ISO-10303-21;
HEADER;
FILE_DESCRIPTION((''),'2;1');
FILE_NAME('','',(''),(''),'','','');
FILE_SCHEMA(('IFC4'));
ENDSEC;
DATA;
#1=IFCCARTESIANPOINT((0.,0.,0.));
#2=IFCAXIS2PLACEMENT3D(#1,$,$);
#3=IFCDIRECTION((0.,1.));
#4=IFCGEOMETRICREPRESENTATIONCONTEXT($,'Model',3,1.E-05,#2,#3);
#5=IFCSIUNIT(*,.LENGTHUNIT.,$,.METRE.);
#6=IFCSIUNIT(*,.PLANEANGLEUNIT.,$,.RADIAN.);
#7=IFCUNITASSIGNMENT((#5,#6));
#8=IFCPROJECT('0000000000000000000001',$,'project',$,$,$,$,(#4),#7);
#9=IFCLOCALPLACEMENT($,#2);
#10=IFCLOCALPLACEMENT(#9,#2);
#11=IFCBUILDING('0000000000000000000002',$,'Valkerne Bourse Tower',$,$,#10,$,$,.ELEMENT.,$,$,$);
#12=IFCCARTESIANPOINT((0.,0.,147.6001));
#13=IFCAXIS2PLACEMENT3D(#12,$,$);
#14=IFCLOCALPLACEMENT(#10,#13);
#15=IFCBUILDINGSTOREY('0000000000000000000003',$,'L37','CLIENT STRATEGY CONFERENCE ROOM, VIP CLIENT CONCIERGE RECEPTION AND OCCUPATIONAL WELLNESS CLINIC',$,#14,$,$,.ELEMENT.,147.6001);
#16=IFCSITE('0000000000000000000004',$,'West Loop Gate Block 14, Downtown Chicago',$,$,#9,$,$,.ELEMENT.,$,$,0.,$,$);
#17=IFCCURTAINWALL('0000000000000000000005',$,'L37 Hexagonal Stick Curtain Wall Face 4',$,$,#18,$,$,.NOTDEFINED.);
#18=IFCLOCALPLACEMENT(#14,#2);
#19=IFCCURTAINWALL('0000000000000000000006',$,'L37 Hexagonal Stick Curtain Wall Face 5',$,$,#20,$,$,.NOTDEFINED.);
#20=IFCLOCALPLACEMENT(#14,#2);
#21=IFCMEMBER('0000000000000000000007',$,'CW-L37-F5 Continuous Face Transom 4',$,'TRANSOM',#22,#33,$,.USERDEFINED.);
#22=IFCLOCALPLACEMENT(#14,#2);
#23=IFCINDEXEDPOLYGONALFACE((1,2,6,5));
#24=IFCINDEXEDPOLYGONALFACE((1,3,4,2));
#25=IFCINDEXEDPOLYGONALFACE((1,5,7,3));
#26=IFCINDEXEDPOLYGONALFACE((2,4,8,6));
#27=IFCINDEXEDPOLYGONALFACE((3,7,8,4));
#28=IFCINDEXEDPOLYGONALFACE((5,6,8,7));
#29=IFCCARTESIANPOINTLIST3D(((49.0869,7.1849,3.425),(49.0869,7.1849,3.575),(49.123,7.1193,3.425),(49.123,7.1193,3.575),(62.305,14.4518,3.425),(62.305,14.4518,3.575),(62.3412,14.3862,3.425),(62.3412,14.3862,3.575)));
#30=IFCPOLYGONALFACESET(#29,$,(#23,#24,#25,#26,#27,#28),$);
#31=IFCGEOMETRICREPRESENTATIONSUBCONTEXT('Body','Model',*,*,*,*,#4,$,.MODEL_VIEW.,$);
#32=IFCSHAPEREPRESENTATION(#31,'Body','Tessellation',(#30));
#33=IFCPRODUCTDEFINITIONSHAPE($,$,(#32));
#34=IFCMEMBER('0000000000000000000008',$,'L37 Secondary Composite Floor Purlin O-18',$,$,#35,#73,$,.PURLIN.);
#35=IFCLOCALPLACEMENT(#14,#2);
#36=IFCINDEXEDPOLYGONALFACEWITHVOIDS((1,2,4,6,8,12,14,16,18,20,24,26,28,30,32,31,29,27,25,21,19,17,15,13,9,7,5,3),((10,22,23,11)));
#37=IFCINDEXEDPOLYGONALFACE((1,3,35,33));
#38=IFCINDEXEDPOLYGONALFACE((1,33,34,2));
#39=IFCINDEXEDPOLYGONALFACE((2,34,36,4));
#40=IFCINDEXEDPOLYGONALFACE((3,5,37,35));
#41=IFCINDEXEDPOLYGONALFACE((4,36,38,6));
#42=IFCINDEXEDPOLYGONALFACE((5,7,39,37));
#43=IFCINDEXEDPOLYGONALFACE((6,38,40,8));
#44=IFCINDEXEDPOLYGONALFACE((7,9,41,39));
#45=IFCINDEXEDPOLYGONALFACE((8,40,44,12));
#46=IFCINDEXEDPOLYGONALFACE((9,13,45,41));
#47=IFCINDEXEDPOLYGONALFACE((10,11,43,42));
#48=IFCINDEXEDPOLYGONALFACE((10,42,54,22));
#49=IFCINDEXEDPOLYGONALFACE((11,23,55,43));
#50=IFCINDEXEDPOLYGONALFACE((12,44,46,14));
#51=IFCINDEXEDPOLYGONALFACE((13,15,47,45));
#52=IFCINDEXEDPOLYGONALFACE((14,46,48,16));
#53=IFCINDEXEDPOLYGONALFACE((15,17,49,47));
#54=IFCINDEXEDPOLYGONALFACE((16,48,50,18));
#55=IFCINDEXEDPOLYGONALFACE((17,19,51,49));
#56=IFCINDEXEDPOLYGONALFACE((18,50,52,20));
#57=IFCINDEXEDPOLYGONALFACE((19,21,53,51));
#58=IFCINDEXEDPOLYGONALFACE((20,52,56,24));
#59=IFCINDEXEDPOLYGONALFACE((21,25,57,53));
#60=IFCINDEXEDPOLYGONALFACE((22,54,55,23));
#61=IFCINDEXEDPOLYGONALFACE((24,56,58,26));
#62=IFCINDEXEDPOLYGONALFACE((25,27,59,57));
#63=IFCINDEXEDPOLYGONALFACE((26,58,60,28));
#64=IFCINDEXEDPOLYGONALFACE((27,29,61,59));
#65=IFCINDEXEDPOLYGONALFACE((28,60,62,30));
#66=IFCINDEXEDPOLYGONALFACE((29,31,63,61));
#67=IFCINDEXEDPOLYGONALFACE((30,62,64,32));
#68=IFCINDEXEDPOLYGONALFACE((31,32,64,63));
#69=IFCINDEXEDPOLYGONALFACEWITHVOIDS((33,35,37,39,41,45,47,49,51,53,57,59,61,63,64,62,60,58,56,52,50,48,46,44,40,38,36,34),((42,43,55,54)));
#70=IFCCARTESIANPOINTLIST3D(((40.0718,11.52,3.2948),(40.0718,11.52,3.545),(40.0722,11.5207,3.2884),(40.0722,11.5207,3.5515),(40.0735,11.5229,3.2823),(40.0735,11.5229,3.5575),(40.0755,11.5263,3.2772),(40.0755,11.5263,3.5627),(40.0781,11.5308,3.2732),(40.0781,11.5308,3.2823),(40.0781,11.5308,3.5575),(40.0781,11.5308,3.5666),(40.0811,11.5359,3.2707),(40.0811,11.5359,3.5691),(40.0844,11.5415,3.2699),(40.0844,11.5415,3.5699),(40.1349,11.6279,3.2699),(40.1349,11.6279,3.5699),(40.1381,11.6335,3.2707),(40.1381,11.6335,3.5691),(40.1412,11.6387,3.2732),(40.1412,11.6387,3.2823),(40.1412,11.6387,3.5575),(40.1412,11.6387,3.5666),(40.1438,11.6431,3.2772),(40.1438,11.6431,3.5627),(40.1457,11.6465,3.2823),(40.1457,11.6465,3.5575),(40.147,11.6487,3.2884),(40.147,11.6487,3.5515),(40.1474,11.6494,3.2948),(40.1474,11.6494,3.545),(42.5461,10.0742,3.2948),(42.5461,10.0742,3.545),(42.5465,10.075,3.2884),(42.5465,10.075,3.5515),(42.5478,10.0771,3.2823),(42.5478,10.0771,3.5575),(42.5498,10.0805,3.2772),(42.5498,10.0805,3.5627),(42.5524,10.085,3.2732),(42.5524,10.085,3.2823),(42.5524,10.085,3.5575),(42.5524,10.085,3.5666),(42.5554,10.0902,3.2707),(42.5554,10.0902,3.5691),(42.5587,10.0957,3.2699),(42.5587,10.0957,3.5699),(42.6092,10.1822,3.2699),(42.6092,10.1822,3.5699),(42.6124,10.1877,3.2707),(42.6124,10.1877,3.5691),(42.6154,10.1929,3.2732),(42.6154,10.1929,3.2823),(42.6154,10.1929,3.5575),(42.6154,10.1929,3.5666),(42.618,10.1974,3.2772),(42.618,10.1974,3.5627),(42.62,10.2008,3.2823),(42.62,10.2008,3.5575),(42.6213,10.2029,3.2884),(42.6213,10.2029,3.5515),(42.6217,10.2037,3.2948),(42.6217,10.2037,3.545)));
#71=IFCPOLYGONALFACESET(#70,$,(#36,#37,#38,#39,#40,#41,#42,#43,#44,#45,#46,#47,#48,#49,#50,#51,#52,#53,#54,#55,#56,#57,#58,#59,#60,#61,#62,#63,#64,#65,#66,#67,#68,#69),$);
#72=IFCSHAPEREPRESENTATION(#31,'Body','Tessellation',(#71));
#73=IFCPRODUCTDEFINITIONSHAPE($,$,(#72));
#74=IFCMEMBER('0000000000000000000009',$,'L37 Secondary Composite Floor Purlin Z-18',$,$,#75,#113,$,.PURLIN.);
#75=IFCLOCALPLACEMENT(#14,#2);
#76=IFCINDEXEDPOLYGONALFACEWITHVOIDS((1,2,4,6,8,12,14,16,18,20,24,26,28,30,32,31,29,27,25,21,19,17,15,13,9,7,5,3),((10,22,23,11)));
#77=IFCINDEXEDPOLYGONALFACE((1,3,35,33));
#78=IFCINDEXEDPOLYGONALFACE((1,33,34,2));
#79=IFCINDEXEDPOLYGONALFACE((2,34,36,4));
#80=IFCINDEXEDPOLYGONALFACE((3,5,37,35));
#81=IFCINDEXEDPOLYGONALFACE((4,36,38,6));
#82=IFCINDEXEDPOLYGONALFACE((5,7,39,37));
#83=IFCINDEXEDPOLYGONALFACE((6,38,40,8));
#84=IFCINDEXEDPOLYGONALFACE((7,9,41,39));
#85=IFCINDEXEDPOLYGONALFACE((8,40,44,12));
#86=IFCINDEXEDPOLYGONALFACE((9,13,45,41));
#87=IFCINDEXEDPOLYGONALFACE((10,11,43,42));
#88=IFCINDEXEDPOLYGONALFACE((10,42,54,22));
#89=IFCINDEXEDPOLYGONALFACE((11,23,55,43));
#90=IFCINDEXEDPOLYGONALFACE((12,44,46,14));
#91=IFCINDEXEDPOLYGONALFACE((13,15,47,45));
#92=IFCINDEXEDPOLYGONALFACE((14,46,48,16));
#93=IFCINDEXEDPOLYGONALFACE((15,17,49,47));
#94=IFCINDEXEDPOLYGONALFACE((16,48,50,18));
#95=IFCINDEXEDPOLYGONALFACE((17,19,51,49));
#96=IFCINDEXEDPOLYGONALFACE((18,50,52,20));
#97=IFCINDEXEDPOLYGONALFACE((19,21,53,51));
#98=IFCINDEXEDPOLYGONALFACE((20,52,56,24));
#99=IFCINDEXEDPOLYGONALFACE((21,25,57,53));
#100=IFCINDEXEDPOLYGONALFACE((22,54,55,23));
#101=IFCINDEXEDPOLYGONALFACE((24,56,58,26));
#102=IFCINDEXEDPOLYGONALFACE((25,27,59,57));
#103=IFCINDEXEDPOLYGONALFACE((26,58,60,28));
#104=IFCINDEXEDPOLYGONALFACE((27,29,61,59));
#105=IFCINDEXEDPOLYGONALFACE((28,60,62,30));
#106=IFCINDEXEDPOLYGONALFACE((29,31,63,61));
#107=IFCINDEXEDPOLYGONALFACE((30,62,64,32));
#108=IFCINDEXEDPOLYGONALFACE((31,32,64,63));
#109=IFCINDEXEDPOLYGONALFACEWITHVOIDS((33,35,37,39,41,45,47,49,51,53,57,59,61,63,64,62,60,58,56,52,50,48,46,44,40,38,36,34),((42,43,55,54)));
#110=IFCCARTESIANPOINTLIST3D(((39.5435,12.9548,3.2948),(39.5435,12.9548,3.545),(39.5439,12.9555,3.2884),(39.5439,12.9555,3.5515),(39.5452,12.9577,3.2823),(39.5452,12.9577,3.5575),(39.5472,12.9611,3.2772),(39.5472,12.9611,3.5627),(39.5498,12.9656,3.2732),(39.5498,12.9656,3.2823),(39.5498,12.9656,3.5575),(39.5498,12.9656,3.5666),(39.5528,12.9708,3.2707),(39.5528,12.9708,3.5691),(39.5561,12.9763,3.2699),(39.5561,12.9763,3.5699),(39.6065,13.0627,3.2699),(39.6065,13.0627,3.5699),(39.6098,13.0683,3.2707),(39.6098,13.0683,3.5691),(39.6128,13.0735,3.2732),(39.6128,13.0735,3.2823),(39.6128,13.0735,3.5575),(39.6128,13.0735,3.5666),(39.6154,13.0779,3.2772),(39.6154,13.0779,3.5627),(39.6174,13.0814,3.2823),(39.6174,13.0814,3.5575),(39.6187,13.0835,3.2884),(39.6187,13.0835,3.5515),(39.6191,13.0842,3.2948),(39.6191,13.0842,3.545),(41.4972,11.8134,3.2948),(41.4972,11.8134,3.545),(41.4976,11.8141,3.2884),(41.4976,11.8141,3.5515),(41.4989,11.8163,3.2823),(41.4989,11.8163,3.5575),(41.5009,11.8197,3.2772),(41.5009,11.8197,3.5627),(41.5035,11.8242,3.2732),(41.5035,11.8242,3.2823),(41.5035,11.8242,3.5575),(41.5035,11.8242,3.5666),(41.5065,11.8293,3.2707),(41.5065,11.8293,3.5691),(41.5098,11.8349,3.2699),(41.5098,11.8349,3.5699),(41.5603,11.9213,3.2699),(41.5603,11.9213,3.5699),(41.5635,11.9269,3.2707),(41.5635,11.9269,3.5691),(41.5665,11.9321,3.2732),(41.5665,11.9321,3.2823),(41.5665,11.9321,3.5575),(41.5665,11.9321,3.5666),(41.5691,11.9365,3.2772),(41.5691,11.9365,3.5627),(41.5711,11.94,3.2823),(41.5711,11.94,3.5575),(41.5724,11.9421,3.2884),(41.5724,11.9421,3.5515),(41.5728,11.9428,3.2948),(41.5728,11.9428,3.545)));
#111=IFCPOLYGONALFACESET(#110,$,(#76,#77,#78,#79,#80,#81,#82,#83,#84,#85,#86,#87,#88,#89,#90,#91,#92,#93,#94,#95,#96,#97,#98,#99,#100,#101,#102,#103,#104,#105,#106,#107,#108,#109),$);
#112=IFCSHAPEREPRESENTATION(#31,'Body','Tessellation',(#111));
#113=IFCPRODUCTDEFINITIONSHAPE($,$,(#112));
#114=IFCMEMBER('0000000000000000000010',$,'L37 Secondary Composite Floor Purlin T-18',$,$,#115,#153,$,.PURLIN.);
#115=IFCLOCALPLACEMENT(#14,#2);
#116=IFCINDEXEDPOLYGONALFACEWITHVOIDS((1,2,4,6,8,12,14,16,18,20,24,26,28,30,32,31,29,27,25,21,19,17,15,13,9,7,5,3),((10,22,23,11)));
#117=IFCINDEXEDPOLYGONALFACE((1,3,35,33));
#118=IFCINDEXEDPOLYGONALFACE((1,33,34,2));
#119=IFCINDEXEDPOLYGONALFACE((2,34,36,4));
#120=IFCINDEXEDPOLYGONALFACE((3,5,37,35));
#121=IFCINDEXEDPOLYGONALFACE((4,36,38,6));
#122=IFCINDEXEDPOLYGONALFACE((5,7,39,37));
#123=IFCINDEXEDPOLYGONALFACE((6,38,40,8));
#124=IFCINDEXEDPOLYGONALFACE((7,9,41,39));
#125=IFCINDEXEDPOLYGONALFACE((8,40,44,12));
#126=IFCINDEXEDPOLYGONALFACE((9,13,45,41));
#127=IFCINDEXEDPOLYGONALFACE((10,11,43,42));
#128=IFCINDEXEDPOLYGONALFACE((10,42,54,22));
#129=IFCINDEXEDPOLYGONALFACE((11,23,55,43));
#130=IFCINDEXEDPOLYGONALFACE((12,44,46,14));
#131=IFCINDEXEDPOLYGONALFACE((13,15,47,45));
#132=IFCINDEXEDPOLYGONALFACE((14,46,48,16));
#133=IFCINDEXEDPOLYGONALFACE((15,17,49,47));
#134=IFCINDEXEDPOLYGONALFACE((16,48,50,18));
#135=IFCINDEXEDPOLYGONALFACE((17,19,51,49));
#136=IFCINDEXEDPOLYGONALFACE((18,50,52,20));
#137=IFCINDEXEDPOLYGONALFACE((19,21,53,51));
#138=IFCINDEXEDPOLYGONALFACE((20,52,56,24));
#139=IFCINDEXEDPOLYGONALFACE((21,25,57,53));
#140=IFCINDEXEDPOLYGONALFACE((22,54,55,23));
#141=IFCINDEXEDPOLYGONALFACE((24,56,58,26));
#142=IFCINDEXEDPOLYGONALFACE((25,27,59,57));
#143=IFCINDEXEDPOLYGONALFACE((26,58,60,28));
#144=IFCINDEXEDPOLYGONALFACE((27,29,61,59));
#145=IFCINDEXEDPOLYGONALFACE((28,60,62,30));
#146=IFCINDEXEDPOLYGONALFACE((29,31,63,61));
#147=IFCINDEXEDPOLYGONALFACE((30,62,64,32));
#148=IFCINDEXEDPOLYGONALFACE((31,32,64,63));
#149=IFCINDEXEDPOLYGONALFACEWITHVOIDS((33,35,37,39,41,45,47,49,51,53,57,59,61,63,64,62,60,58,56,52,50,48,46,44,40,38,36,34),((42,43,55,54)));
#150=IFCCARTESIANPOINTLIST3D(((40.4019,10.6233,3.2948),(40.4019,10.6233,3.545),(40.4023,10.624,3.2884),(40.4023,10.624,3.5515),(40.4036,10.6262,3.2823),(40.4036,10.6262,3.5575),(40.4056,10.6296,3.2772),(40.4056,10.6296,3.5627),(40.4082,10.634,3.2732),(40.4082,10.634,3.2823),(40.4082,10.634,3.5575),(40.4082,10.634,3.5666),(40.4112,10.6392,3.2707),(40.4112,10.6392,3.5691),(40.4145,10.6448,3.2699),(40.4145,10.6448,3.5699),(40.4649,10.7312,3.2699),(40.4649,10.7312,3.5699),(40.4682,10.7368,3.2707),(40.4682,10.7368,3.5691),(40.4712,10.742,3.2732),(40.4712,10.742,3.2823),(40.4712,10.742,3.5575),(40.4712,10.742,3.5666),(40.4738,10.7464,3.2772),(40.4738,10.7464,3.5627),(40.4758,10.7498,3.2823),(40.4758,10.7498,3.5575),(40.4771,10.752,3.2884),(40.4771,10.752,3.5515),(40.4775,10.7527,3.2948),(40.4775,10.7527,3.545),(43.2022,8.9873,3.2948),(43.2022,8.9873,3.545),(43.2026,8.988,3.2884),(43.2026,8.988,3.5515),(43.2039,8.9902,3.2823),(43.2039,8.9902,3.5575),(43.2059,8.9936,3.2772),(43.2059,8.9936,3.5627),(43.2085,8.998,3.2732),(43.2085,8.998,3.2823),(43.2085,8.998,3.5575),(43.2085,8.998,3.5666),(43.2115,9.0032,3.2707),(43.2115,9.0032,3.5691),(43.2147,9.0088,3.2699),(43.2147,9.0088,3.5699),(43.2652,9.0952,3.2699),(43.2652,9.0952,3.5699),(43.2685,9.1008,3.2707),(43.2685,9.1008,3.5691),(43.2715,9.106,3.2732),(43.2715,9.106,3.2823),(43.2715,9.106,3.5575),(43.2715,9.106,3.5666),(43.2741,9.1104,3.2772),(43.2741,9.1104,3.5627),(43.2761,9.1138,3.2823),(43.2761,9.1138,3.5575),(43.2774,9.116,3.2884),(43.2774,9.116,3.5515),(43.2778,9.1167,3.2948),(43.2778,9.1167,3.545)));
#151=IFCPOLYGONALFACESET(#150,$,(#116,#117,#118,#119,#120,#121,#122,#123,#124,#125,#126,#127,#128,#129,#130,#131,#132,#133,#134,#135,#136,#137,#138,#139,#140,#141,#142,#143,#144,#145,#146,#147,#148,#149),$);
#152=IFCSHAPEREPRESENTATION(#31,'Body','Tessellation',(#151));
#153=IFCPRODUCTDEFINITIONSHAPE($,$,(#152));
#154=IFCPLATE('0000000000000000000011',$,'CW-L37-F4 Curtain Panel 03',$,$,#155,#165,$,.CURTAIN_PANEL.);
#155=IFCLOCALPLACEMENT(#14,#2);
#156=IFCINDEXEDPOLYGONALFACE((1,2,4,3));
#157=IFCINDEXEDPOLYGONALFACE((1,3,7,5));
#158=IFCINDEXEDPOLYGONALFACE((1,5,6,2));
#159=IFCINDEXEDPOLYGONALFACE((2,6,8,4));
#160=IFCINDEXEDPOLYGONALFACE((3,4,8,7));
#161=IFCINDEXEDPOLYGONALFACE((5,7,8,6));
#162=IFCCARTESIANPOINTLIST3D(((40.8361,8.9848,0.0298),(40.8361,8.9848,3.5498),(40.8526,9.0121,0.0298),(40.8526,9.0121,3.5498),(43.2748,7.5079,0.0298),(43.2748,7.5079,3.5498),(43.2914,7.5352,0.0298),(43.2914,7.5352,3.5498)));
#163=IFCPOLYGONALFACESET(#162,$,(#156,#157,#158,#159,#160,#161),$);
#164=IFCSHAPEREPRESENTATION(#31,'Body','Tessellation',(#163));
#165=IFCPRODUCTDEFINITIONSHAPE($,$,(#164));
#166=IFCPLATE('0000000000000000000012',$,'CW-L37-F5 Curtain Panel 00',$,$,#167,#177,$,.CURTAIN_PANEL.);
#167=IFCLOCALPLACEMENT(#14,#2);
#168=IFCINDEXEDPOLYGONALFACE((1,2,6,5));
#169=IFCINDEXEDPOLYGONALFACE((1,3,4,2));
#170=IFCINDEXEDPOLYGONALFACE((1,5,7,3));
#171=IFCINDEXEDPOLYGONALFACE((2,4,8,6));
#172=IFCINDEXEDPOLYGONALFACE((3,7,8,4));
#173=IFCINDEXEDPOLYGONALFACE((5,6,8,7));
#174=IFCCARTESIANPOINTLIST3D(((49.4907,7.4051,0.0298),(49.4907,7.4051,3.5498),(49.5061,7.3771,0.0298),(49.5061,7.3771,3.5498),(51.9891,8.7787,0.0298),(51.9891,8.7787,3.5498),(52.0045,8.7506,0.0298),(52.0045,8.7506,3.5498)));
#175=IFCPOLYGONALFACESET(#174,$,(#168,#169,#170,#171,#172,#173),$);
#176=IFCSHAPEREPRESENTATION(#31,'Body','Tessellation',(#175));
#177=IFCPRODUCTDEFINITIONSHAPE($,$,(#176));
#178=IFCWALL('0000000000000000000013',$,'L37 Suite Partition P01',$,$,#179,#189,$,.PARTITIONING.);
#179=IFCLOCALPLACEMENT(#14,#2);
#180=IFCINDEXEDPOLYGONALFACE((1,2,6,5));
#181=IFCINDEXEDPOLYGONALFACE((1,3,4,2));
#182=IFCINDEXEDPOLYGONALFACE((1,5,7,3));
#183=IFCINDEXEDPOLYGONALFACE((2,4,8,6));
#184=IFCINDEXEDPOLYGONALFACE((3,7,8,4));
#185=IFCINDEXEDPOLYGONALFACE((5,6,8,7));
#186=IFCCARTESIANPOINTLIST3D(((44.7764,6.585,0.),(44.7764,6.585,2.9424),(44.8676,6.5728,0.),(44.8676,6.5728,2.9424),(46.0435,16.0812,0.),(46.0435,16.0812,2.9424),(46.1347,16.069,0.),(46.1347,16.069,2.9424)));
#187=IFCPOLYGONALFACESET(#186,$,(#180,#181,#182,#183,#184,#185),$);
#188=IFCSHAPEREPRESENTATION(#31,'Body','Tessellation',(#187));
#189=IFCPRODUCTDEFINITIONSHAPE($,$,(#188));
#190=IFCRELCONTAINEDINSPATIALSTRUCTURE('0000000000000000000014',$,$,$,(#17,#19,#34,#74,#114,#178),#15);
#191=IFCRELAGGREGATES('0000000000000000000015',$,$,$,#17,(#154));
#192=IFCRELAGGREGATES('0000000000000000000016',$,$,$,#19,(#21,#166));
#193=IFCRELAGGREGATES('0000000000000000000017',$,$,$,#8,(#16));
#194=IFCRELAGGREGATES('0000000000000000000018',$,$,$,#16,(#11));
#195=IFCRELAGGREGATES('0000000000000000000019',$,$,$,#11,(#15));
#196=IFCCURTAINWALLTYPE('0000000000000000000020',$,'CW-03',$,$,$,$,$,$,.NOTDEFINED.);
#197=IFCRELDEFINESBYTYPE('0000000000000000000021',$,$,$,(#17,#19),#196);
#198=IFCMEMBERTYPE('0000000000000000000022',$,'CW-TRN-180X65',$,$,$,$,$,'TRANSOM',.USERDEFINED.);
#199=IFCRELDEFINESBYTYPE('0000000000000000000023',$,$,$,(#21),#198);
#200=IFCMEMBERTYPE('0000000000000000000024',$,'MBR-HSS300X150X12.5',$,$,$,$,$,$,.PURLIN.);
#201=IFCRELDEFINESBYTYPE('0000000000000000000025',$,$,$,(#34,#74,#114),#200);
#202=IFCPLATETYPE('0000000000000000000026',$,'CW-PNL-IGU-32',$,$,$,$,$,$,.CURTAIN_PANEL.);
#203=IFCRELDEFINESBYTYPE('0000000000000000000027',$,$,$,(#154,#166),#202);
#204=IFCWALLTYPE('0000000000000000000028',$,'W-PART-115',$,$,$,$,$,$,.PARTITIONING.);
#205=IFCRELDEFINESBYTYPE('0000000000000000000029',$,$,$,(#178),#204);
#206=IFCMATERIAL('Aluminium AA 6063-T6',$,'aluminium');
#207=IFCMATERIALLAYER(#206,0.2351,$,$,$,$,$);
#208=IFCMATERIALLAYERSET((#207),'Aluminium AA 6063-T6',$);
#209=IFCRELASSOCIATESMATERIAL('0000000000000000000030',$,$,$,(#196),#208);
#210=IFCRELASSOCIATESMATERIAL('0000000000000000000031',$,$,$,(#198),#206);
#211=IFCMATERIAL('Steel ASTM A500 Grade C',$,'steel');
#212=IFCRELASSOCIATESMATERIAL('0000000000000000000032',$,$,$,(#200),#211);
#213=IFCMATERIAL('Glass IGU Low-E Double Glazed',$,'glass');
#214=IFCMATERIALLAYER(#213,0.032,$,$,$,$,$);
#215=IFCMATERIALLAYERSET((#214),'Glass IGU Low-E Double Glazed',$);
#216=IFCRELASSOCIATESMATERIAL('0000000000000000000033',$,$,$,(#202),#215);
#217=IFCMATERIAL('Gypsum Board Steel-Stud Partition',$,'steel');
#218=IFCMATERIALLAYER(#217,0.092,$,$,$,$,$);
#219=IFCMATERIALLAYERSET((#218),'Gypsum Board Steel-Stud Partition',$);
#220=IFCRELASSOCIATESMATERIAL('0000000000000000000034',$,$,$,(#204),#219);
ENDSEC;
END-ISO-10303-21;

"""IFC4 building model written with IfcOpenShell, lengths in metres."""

from ifc_helpers import new_model, si_unit, direction, frame, frame_2d, origin, origin_2d, place, context, subcontext, project, spatial, rectangle, hollow_rectangle, extrude, material, layer, layer_set, material_profile, profile_set, type_object, element, aggregate, save


model = new_model("IFC4")

# Units and contexts
model_context = context("Model", 3, precision=1e-05, world=origin(), true_north=direction((0.0, 1.0)))
body_context = subcontext(model_context, "Body", "Model", "MODEL_VIEW")
ifc_project = project(units=[si_unit("LENGTHUNIT", "METRE"), si_unit("PLANEANGLEUNIT", "RADIAN")], contexts=[model_context])

# Site, building, storey
site_placement = place(None, origin())
site = spatial("IfcSite", under=ifc_project, at=site_placement, Name="West Loop Gate Block 14, Downtown Chicago", CompositionType="ELEMENT", RefElevation=0.0)
building_placement = place(site_placement, origin())
building = spatial("IfcBuilding", under=site, at=building_placement, Name="Valkerne Bourse Tower", CompositionType="ELEMENT")
storey_placement = place(building_placement, frame((0.0, 0.0, 147.6001)))
storey = spatial("IfcBuildingStorey", under=building, at=storey_placement, Name="L37", Description="CLIENT STRATEGY CONFERENCE ROOM, VIP CLIENT CONCIERGE RECEPTION AND OCCUPATIONAL WELLNESS CLINIC", CompositionType="ELEMENT", Elevation=147.6001)

# Curtain walls, member
ifc_material_1 = material(Name="Aluminium AA 6063-T6", Category="aluminium")
ifc_layer_1 = layer(ifc_material_1, 0.2351)
ifc_layer_set_1 = layer_set([ifc_layer_1], Name="Aluminium AA 6063-T6")
curtain_wall_type = type_object("IfcCurtainWallType", Name="CW-03", PredefinedType="NOTDEFINED", material=ifc_layer_set_1)
curtain_wall_1_placement = place(storey_placement, origin())
curtain_wall_1 = element("IfcCurtainWall", 1, at=curtain_wall_1_placement, inside=storey, type_object=curtain_wall_type, Name="L37 Hexagonal Stick Curtain Wall Face 4", PredefinedType="NOTDEFINED")
curtain_wall_2_placement = place(storey_placement, origin())
curtain_wall_2 = element("IfcCurtainWall", 2, at=curtain_wall_2_placement, inside=storey, type_object=curtain_wall_type, Name="L37 Hexagonal Stick Curtain Wall Face 5", PredefinedType="NOTDEFINED")
ifc_material_profile_1 = material_profile(ifc_material_1, rectangle(XDim=0.075, YDim=0.1499, at=origin_2d()), Name="CWT-75X150")
ifc_profile_set_1 = profile_set([ifc_material_profile_1], Name="Aluminium AA 6063-T6")
member_type_1 = type_object("IfcMemberType", Name="CW-TRN-180X65", ElementType="TRANSOM", PredefinedType="USERDEFINED", material=ifc_profile_set_1)
member_1_placement = place(storey_placement, frame((49.105, 7.1521, 3.5), z_axis=(0.876302, 0.481763, 0.0), x_axis=(-0.481763, 0.876302, 0.0)))
member_1 = element("IfcMember", 3, at=member_1_placement, type_object=member_type_1, Name="CW-L37-F5 Continuous Face Transom 4", ObjectType="TRANSOM", PredefinedType="USERDEFINED", context=body_context, shape_type="SweptSolid", body=[
    extrude(rectangle(XDim=0.075, YDim=0.1499, at=origin_2d()), origin(), (0.0, 0.0, 1.0), 15.084),
])

# Members
ifc_material_2 = material(Name="Steel ASTM A500 Grade C", Category="steel")
ifc_material_profile_2 = material_profile(ifc_material_2, hollow_rectangle(XDim=0.1499, YDim=0.3, WallThickness=0.0125, OuterFilletRadius=0.0249, at=origin_2d()), Name="HSS300X150X12.5")
ifc_profile_set_2 = profile_set([ifc_material_profile_2], Name="Steel ASTM A500 Grade C")
member_type_2 = type_object("IfcMemberType", Name="MBR-HSS300X150X12.5", PredefinedType="PURLIN", material=ifc_profile_set_2)
member_2_placement = place(storey_placement, frame((40.1096, 11.5847, 3.4199), z_axis=(0.863411, -0.504501, 0.0), x_axis=(0.504501, 0.863411, 0.0)))
element("IfcMember", 4, at=member_2_placement, inside=storey, type_object=member_type_2, Name="L37 Secondary Composite Floor Purlin O-18", PredefinedType="PURLIN", context=body_context, shape_type="SweptSolid", body=[
    extrude(hollow_rectangle(XDim=0.1499, YDim=0.3, WallThickness=0.0125, OuterFilletRadius=0.0249, at=origin_2d()), origin(), (0.0, 0.0, 1.0), 2.8657),
])
member_3_placement = place(storey_placement, frame((39.5813, 13.0195, 3.4199), z_axis=(0.863442, -0.504448, 0.0), x_axis=(0.504448, 0.863442, 0.0)))
element("IfcMember", 5, at=member_3_placement, inside=storey, type_object=member_type_2, Name="L37 Secondary Composite Floor Purlin Z-18", PredefinedType="PURLIN", context=body_context, shape_type="SweptSolid", body=[
    extrude(hollow_rectangle(XDim=0.1499, YDim=0.3, WallThickness=0.0125, OuterFilletRadius=0.0249, at=origin_2d()), origin(), (0.0, 0.0, 1.0), 2.2627),
])
member_4_placement = place(storey_placement, frame((40.4397, 10.688, 3.4199), z_axis=(0.863446, -0.504442, 0.0), x_axis=(0.504442, 0.863446, 0.0)))
element("IfcMember", 6, at=member_4_placement, inside=storey, type_object=member_type_2, Name="L37 Secondary Composite Floor Purlin T-18", PredefinedType="PURLIN", context=body_context, shape_type="SweptSolid", body=[
    extrude(hollow_rectangle(XDim=0.1499, YDim=0.3, WallThickness=0.0125, OuterFilletRadius=0.0249, at=origin_2d()), origin(), (0.0, 0.0, 1.0), 3.2432),
])

# Plates
ifc_material_3 = material(Name="Glass IGU Low-E Double Glazed", Category="glass")
ifc_layer_2 = layer(ifc_material_3, 0.032)
ifc_layer_set_2 = layer_set([ifc_layer_2], Name="Glass IGU Low-E Double Glazed")
plate_type = type_object("IfcPlateType", Name="CW-PNL-IGU-32", PredefinedType="CURTAIN_PANEL", material=ifc_layer_set_2)
plate_1_placement = place(storey_placement, frame((42.0637, 8.26, 0.0298), z_axis=(0.0, 0.0, 1.0), x_axis=(0.855375, -0.518009, 0.0)))
plate_1 = element("IfcPlate", 7, at=plate_1_placement, type_object=plate_type, Name="CW-L37-F4 Curtain Panel 03", PredefinedType="CURTAIN_PANEL", context=body_context, shape_type="SweptSolid", body=[
    extrude(rectangle(XDim=2.8511, YDim=0.032, at=origin_2d()), origin(), (0.0, 0.0, 1.0), 3.52),
])
aggregate(curtain_wall_1, [plate_1])
plate_2_placement = place(storey_placement, frame((50.7476, 8.0779, 0.0298), z_axis=(0.0, 0.0, 1.0), x_axis=(0.876303, 0.481761, 0.0)))
plate_2 = element("IfcPlate", 8, at=plate_2_placement, type_object=plate_type, Name="CW-L37-F5 Curtain Panel 00", PredefinedType="CURTAIN_PANEL", context=body_context, shape_type="SweptSolid", body=[
    extrude(rectangle(XDim=2.8511, YDim=0.032, at=origin_2d()), origin(), (0.0, 0.0, 1.0), 3.52),
])
aggregate(curtain_wall_2, [member_1, plate_2])

# Wall
ifc_material_4 = material(Name="Gypsum Board Steel-Stud Partition", Category="steel")
ifc_layer_3 = layer(ifc_material_4, 0.092)
ifc_layer_set_3 = layer_set([ifc_layer_3], Name="Gypsum Board Steel-Stud Partition")
wall_type = type_object("IfcWallType", Name="W-PART-115", PredefinedType="PARTITIONING", material=ifc_layer_set_3)
wall_placement = place(storey_placement, frame((46.0891, 16.075, 0.0), z_axis=(0.0, 0.0, 1.0), x_axis=(-0.132261, -0.991215, 0.0)))
element("IfcWall", 9, at=wall_placement, inside=storey, type_object=wall_type, Name="L37 Suite Partition P01", PredefinedType="PARTITIONING", context=body_context, shape_type="SweptSolid", body=[
    extrude(rectangle(XDim=9.5803, YDim=0.092, at=frame_2d((4.79, 0.0))), origin(), (0.0, 0.0, 1.0), 2.9424),
])

save(model, "model.ifc")
